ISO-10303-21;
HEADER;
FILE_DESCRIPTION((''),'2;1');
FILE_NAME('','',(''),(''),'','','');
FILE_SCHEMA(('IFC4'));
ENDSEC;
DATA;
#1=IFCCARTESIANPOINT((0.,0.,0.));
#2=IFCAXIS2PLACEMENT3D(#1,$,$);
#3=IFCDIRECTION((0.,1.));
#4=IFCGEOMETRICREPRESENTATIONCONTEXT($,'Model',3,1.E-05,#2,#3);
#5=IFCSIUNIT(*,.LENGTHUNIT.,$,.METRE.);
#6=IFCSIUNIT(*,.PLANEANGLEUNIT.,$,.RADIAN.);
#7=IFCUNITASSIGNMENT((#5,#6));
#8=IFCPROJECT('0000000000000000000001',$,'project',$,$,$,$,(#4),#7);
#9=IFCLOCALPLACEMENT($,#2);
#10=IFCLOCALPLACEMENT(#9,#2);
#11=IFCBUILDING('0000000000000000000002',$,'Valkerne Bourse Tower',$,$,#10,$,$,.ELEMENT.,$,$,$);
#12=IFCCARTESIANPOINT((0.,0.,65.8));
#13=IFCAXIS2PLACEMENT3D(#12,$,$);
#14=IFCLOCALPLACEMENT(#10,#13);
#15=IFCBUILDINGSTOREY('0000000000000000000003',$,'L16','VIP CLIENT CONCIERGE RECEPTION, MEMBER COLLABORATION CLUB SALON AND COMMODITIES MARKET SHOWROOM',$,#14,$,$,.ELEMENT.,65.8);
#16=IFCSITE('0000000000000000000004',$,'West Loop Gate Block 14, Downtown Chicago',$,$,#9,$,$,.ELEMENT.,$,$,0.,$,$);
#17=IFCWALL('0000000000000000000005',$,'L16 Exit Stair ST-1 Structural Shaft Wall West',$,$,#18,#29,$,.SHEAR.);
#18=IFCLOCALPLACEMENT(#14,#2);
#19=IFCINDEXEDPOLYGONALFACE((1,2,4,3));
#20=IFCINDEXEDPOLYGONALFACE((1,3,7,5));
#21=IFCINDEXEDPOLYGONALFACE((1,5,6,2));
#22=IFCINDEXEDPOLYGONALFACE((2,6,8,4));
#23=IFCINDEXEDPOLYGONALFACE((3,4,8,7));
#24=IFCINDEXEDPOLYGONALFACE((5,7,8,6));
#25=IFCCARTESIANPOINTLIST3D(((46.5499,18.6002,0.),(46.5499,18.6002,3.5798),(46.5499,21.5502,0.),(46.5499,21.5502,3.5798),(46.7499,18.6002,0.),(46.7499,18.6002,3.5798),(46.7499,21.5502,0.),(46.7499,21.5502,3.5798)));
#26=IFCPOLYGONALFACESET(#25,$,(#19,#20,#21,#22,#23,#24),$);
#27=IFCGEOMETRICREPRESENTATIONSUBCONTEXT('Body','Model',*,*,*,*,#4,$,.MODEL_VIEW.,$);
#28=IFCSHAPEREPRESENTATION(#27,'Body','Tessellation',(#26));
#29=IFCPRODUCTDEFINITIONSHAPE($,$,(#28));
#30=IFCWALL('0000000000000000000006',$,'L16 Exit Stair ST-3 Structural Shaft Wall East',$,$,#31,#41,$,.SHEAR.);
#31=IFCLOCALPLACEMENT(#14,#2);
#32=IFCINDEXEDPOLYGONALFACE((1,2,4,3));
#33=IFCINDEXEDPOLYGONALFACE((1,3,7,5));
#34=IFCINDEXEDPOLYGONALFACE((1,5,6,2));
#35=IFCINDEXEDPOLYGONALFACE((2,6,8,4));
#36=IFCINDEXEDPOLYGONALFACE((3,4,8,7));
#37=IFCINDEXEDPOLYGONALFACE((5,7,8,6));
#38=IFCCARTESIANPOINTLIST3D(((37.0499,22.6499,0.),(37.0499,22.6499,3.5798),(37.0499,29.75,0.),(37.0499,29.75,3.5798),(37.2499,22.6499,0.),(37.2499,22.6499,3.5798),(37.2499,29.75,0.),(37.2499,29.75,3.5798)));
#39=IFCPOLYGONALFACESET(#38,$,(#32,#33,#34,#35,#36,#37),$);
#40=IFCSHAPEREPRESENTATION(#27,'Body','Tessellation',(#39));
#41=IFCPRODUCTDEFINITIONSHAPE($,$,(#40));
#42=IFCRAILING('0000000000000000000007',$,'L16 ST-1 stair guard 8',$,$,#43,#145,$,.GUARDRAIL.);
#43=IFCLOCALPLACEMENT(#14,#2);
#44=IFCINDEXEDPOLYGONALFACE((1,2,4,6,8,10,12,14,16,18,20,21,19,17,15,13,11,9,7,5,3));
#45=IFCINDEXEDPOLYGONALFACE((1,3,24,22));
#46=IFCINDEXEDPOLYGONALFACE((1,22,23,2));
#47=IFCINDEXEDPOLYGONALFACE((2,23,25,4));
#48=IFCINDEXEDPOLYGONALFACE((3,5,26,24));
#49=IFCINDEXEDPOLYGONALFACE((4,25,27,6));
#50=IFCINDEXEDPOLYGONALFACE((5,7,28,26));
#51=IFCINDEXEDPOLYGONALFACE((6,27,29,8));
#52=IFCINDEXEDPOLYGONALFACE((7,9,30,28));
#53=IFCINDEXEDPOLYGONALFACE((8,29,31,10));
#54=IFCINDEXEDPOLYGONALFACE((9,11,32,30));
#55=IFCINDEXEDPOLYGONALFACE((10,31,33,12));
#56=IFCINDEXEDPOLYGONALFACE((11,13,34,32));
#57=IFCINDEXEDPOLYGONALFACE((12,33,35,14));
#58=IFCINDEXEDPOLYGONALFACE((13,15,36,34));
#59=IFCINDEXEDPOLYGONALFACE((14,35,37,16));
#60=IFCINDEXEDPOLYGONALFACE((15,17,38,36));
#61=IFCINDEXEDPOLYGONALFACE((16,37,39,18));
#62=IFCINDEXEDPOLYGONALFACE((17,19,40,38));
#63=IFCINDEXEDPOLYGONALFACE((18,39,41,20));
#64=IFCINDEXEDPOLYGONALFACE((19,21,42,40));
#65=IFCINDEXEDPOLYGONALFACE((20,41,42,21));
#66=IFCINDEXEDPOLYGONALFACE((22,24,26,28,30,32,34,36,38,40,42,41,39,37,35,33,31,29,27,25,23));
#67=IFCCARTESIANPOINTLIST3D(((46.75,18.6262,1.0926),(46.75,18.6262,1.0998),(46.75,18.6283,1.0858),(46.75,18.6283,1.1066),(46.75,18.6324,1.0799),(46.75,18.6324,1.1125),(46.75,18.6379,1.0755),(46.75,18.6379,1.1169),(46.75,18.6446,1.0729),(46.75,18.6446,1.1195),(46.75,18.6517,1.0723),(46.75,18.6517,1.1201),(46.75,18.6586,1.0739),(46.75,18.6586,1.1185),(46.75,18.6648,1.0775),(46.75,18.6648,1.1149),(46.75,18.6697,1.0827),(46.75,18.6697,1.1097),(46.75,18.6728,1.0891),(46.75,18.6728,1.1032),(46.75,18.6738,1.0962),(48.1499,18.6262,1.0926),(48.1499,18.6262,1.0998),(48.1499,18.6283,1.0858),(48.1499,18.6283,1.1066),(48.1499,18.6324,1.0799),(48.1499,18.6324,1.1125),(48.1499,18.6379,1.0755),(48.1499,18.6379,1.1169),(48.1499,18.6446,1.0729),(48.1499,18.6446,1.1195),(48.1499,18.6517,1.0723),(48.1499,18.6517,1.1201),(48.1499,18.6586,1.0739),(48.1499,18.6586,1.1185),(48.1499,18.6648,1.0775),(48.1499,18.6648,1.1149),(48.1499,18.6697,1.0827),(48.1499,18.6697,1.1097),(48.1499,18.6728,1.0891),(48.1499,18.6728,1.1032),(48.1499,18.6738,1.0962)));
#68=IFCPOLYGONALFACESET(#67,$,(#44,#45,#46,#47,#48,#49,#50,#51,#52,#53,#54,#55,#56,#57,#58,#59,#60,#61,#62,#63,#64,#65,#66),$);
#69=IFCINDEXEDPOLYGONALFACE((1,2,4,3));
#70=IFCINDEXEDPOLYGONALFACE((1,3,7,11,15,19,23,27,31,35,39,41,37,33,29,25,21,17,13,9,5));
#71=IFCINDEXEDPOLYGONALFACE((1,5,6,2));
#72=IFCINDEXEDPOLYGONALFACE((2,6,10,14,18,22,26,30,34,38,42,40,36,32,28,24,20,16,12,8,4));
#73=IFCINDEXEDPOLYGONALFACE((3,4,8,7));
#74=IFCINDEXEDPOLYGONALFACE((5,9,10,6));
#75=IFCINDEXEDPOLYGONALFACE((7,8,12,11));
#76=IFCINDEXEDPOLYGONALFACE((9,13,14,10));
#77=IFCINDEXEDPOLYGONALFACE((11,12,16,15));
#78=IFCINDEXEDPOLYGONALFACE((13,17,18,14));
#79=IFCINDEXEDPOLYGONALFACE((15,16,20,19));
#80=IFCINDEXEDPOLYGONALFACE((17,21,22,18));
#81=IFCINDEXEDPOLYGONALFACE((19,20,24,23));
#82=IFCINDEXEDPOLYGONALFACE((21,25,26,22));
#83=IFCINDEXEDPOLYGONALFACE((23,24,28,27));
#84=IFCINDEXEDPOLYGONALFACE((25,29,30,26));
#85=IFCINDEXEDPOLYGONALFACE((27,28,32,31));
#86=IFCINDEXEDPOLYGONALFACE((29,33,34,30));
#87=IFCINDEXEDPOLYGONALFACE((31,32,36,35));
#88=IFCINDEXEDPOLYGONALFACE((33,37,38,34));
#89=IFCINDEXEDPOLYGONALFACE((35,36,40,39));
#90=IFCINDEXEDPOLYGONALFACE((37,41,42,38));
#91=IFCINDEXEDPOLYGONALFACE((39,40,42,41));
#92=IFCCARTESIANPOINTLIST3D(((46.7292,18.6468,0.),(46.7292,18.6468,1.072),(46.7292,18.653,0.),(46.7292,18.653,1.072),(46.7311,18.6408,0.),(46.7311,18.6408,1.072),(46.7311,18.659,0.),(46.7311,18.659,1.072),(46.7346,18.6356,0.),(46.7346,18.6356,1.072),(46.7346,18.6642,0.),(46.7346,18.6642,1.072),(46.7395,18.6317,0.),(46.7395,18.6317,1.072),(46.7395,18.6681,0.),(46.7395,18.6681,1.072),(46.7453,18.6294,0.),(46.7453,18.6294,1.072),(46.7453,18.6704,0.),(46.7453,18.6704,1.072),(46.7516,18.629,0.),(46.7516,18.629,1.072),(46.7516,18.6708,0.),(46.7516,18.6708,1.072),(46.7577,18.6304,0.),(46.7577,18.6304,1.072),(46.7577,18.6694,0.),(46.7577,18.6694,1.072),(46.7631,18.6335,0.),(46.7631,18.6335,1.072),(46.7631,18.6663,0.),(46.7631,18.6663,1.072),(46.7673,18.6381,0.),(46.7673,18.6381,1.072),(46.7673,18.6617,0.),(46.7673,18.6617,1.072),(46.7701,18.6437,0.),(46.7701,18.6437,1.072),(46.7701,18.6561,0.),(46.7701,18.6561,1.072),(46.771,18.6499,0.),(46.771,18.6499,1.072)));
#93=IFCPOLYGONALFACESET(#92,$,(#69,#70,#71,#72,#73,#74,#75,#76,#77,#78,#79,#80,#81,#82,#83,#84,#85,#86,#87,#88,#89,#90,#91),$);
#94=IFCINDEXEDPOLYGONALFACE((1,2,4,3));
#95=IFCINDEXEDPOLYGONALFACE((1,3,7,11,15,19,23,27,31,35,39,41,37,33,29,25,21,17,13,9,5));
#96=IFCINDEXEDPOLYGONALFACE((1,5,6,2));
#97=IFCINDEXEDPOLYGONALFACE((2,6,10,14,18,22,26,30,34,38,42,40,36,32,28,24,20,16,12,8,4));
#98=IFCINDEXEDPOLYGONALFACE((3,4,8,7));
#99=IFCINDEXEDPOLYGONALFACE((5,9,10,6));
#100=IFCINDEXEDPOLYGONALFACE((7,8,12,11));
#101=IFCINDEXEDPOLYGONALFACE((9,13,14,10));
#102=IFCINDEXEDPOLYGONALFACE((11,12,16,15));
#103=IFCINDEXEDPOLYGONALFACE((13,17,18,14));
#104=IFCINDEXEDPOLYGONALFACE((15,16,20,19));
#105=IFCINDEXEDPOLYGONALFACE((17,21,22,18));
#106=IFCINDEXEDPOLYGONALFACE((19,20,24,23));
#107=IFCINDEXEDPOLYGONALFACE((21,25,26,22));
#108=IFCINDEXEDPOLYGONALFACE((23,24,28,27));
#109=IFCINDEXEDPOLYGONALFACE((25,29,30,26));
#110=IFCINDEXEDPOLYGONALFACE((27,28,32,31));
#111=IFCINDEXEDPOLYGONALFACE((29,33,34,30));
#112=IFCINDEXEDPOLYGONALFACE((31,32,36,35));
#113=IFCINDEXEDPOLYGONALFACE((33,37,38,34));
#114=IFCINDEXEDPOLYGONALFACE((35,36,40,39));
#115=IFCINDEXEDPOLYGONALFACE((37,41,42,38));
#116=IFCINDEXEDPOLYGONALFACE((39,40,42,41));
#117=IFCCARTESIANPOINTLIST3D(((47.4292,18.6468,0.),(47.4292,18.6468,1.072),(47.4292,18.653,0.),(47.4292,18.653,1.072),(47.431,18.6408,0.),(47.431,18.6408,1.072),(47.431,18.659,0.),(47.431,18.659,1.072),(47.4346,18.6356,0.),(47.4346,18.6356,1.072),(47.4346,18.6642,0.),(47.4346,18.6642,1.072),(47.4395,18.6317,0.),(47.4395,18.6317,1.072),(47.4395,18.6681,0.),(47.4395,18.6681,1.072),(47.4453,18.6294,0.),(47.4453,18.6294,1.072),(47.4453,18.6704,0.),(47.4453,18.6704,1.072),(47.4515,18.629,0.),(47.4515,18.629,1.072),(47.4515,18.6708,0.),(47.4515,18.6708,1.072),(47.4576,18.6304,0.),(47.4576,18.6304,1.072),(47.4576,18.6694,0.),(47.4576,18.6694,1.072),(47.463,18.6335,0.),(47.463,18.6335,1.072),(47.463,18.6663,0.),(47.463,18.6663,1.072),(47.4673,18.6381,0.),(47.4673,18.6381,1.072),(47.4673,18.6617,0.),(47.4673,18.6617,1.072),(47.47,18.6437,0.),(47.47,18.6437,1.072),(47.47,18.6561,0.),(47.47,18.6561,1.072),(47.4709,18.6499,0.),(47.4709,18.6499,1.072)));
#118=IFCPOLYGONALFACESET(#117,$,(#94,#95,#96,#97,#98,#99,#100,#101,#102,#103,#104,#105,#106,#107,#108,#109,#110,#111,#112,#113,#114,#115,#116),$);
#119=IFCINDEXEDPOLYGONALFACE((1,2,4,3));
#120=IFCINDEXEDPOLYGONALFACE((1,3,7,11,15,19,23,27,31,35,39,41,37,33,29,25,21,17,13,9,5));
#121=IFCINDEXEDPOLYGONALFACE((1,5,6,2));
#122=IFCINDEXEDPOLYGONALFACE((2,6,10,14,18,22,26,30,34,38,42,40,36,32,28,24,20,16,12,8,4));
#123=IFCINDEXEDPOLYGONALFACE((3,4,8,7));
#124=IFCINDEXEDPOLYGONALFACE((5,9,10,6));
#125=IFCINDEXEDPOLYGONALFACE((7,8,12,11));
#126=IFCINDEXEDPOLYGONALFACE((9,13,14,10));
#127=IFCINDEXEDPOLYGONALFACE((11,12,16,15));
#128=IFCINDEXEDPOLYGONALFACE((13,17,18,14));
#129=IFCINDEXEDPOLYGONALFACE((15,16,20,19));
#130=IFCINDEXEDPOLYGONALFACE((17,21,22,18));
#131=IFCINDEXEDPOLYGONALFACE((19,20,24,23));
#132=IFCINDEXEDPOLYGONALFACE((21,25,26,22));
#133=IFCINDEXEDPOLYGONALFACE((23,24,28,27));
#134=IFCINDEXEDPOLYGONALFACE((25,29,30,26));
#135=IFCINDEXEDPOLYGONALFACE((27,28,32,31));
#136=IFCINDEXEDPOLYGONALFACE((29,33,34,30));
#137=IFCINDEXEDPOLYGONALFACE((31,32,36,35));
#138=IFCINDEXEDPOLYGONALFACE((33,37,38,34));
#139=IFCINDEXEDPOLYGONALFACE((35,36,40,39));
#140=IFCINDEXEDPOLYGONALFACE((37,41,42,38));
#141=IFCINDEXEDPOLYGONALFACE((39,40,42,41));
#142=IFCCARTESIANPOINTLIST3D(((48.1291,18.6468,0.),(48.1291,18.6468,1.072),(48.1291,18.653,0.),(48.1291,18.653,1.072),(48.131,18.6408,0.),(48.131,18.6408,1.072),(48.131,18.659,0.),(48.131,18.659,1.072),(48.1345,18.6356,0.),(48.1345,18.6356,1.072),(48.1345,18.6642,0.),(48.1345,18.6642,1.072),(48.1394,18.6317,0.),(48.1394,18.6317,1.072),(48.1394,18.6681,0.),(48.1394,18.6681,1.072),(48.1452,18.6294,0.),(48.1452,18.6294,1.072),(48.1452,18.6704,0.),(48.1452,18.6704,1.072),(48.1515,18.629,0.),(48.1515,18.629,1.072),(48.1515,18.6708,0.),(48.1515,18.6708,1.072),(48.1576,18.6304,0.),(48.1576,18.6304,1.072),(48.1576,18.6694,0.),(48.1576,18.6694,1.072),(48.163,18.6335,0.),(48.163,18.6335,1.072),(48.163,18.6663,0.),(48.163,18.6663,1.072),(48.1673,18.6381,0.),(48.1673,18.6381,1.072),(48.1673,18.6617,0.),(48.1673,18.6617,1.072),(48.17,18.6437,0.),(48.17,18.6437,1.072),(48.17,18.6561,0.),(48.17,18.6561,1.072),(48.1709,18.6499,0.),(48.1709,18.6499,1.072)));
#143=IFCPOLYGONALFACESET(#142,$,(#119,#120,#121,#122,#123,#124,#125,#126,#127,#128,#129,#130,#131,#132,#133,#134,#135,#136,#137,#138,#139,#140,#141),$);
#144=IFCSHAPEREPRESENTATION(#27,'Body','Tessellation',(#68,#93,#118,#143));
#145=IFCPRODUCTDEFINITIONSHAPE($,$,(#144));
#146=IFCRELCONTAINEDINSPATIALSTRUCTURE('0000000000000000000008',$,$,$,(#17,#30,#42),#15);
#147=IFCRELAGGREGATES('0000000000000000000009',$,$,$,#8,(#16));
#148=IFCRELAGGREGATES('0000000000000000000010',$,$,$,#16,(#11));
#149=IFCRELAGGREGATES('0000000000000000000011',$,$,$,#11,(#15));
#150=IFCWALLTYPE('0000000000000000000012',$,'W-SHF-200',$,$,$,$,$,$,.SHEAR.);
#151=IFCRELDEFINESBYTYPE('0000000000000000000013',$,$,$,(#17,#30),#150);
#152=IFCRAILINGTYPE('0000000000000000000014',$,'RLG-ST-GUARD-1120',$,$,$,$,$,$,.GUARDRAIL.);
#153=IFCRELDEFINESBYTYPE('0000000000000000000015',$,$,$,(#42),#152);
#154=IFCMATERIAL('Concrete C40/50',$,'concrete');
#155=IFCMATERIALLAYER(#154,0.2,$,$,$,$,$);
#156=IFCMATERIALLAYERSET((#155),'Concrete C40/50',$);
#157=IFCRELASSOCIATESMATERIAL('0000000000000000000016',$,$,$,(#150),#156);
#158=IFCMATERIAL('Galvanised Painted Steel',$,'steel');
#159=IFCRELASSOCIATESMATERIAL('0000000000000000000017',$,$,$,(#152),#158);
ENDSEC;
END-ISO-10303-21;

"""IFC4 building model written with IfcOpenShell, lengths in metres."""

from ifc_helpers import new_model, si_unit, direction, frame, frame_2d, origin, origin_2d, place, context, subcontext, project, spatial, rectangle, circle, extrude, material, layer, layer_set, type_object, element, save


model = new_model("IFC4")

# Units and contexts
model_context = context("Model", 3, precision=1e-05, world=origin(), true_north=direction((0.0, 1.0)))
body_context = subcontext(model_context, "Body", "Model", "MODEL_VIEW")
ifc_project = project(units=[si_unit("LENGTHUNIT", "METRE"), si_unit("PLANEANGLEUNIT", "RADIAN")], contexts=[model_context])

# Site, building, storey
site_placement = place(None, origin())
site = spatial("IfcSite", under=ifc_project, at=site_placement, Name="West Loop Gate Block 14, Downtown Chicago", CompositionType="ELEMENT", RefElevation=0.0)
building_placement = place(site_placement, origin())
building = spatial("IfcBuilding", under=site, at=building_placement, Name="Valkerne Bourse Tower", CompositionType="ELEMENT")
storey_placement = place(building_placement, frame((0.0, 0.0, 65.8)))
storey = spatial("IfcBuildingStorey", under=building, at=storey_placement, Name="L16", Description="VIP CLIENT CONCIERGE RECEPTION, MEMBER COLLABORATION CLUB SALON AND COMMODITIES MARKET SHOWROOM", CompositionType="ELEMENT", Elevation=65.8)

# Shared definitions
ifc_material_1 = material(Name="Galvanised Painted Steel", Category="steel")

# Shared definitions
ifc_material_2 = material(Name="Concrete C40/50", Category="concrete")
ifc_layer_1 = layer(ifc_material_2, 0.2)
ifc_layer_set_1 = layer_set([ifc_layer_1], Name="Concrete C40/50")
wall_type_1 = type_object("IfcWallType", Name="W-SHF-200", PredefinedType="SHEAR", material=ifc_layer_set_1)

# Walls
wall_1_placement = place(storey_placement, frame((46.6499, 18.6001, 0.0), z_axis=(0.0, 0.0, 1.0), x_axis=(0.0, 1.0, 0.0)))
element("IfcWall", 1, at=wall_1_placement, inside=storey, type_object=wall_type_1, Name="L16 Exit Stair ST-1 Structural Shaft Wall West", PredefinedType="SHEAR", context=body_context, shape_type="SweptSolid", body=[
    extrude(rectangle(XDim=2.95, YDim=0.2, at=frame_2d((1.4751, 0.0))), origin(), (0.0, 0.0, 1.0), 3.5798),
])
wall_2_placement = place(storey_placement, frame((37.1499, 22.6499, 0.0), z_axis=(0.0, 0.0, 1.0), x_axis=(0.0, 1.0, 0.0)))
element("IfcWall", 2, at=wall_2_placement, inside=storey, type_object=wall_type_1, Name="L16 Exit Stair ST-3 Structural Shaft Wall East", PredefinedType="SHEAR", context=body_context, shape_type="SweptSolid", body=[
    extrude(rectangle(XDim=7.1001, YDim=0.2, at=frame_2d((3.55, 0.0))), origin(), (0.0, 0.0, 1.0), 3.5798),
])

# Railing
railing_type_1 = type_object("IfcRailingType", Name="RLG-ST-GUARD-1120", PredefinedType="GUARDRAIL", material=ifc_material_1)
railing_1_placement = place(storey_placement, frame((46.75, 18.6499, 0.0)))
element("IfcRailing", 3, at=railing_1_placement, inside=storey, type_object=railing_type_1, Name="L16 ST-1 stair guard 8", PredefinedType="GUARDRAIL", context=body_context, shape_type="SweptSolid", body=[
    extrude(circle(Radius=0.0239, at=origin_2d()), frame((0.0, 0.0, 1.0962), z_axis=(1.0, 0.0, 0.0), x_axis=(0.0, 1.0, 0.0)), (0.0, 0.0, 1.0), 1.3999),
    extrude(circle(Radius=0.021, at=origin_2d()), origin(), (0.0, 0.0, 1.0), 1.072),
    extrude(circle(Radius=0.021, at=origin_2d()), frame((0.7, 0.0, 0.0)), (0.0, 0.0, 1.0), 1.072),
    extrude(circle(Radius=0.021, at=origin_2d()), frame((1.3999, 0.0, 0.0)), (0.0, 0.0, 1.0), 1.072),
])

save(model, "model.ifc")
